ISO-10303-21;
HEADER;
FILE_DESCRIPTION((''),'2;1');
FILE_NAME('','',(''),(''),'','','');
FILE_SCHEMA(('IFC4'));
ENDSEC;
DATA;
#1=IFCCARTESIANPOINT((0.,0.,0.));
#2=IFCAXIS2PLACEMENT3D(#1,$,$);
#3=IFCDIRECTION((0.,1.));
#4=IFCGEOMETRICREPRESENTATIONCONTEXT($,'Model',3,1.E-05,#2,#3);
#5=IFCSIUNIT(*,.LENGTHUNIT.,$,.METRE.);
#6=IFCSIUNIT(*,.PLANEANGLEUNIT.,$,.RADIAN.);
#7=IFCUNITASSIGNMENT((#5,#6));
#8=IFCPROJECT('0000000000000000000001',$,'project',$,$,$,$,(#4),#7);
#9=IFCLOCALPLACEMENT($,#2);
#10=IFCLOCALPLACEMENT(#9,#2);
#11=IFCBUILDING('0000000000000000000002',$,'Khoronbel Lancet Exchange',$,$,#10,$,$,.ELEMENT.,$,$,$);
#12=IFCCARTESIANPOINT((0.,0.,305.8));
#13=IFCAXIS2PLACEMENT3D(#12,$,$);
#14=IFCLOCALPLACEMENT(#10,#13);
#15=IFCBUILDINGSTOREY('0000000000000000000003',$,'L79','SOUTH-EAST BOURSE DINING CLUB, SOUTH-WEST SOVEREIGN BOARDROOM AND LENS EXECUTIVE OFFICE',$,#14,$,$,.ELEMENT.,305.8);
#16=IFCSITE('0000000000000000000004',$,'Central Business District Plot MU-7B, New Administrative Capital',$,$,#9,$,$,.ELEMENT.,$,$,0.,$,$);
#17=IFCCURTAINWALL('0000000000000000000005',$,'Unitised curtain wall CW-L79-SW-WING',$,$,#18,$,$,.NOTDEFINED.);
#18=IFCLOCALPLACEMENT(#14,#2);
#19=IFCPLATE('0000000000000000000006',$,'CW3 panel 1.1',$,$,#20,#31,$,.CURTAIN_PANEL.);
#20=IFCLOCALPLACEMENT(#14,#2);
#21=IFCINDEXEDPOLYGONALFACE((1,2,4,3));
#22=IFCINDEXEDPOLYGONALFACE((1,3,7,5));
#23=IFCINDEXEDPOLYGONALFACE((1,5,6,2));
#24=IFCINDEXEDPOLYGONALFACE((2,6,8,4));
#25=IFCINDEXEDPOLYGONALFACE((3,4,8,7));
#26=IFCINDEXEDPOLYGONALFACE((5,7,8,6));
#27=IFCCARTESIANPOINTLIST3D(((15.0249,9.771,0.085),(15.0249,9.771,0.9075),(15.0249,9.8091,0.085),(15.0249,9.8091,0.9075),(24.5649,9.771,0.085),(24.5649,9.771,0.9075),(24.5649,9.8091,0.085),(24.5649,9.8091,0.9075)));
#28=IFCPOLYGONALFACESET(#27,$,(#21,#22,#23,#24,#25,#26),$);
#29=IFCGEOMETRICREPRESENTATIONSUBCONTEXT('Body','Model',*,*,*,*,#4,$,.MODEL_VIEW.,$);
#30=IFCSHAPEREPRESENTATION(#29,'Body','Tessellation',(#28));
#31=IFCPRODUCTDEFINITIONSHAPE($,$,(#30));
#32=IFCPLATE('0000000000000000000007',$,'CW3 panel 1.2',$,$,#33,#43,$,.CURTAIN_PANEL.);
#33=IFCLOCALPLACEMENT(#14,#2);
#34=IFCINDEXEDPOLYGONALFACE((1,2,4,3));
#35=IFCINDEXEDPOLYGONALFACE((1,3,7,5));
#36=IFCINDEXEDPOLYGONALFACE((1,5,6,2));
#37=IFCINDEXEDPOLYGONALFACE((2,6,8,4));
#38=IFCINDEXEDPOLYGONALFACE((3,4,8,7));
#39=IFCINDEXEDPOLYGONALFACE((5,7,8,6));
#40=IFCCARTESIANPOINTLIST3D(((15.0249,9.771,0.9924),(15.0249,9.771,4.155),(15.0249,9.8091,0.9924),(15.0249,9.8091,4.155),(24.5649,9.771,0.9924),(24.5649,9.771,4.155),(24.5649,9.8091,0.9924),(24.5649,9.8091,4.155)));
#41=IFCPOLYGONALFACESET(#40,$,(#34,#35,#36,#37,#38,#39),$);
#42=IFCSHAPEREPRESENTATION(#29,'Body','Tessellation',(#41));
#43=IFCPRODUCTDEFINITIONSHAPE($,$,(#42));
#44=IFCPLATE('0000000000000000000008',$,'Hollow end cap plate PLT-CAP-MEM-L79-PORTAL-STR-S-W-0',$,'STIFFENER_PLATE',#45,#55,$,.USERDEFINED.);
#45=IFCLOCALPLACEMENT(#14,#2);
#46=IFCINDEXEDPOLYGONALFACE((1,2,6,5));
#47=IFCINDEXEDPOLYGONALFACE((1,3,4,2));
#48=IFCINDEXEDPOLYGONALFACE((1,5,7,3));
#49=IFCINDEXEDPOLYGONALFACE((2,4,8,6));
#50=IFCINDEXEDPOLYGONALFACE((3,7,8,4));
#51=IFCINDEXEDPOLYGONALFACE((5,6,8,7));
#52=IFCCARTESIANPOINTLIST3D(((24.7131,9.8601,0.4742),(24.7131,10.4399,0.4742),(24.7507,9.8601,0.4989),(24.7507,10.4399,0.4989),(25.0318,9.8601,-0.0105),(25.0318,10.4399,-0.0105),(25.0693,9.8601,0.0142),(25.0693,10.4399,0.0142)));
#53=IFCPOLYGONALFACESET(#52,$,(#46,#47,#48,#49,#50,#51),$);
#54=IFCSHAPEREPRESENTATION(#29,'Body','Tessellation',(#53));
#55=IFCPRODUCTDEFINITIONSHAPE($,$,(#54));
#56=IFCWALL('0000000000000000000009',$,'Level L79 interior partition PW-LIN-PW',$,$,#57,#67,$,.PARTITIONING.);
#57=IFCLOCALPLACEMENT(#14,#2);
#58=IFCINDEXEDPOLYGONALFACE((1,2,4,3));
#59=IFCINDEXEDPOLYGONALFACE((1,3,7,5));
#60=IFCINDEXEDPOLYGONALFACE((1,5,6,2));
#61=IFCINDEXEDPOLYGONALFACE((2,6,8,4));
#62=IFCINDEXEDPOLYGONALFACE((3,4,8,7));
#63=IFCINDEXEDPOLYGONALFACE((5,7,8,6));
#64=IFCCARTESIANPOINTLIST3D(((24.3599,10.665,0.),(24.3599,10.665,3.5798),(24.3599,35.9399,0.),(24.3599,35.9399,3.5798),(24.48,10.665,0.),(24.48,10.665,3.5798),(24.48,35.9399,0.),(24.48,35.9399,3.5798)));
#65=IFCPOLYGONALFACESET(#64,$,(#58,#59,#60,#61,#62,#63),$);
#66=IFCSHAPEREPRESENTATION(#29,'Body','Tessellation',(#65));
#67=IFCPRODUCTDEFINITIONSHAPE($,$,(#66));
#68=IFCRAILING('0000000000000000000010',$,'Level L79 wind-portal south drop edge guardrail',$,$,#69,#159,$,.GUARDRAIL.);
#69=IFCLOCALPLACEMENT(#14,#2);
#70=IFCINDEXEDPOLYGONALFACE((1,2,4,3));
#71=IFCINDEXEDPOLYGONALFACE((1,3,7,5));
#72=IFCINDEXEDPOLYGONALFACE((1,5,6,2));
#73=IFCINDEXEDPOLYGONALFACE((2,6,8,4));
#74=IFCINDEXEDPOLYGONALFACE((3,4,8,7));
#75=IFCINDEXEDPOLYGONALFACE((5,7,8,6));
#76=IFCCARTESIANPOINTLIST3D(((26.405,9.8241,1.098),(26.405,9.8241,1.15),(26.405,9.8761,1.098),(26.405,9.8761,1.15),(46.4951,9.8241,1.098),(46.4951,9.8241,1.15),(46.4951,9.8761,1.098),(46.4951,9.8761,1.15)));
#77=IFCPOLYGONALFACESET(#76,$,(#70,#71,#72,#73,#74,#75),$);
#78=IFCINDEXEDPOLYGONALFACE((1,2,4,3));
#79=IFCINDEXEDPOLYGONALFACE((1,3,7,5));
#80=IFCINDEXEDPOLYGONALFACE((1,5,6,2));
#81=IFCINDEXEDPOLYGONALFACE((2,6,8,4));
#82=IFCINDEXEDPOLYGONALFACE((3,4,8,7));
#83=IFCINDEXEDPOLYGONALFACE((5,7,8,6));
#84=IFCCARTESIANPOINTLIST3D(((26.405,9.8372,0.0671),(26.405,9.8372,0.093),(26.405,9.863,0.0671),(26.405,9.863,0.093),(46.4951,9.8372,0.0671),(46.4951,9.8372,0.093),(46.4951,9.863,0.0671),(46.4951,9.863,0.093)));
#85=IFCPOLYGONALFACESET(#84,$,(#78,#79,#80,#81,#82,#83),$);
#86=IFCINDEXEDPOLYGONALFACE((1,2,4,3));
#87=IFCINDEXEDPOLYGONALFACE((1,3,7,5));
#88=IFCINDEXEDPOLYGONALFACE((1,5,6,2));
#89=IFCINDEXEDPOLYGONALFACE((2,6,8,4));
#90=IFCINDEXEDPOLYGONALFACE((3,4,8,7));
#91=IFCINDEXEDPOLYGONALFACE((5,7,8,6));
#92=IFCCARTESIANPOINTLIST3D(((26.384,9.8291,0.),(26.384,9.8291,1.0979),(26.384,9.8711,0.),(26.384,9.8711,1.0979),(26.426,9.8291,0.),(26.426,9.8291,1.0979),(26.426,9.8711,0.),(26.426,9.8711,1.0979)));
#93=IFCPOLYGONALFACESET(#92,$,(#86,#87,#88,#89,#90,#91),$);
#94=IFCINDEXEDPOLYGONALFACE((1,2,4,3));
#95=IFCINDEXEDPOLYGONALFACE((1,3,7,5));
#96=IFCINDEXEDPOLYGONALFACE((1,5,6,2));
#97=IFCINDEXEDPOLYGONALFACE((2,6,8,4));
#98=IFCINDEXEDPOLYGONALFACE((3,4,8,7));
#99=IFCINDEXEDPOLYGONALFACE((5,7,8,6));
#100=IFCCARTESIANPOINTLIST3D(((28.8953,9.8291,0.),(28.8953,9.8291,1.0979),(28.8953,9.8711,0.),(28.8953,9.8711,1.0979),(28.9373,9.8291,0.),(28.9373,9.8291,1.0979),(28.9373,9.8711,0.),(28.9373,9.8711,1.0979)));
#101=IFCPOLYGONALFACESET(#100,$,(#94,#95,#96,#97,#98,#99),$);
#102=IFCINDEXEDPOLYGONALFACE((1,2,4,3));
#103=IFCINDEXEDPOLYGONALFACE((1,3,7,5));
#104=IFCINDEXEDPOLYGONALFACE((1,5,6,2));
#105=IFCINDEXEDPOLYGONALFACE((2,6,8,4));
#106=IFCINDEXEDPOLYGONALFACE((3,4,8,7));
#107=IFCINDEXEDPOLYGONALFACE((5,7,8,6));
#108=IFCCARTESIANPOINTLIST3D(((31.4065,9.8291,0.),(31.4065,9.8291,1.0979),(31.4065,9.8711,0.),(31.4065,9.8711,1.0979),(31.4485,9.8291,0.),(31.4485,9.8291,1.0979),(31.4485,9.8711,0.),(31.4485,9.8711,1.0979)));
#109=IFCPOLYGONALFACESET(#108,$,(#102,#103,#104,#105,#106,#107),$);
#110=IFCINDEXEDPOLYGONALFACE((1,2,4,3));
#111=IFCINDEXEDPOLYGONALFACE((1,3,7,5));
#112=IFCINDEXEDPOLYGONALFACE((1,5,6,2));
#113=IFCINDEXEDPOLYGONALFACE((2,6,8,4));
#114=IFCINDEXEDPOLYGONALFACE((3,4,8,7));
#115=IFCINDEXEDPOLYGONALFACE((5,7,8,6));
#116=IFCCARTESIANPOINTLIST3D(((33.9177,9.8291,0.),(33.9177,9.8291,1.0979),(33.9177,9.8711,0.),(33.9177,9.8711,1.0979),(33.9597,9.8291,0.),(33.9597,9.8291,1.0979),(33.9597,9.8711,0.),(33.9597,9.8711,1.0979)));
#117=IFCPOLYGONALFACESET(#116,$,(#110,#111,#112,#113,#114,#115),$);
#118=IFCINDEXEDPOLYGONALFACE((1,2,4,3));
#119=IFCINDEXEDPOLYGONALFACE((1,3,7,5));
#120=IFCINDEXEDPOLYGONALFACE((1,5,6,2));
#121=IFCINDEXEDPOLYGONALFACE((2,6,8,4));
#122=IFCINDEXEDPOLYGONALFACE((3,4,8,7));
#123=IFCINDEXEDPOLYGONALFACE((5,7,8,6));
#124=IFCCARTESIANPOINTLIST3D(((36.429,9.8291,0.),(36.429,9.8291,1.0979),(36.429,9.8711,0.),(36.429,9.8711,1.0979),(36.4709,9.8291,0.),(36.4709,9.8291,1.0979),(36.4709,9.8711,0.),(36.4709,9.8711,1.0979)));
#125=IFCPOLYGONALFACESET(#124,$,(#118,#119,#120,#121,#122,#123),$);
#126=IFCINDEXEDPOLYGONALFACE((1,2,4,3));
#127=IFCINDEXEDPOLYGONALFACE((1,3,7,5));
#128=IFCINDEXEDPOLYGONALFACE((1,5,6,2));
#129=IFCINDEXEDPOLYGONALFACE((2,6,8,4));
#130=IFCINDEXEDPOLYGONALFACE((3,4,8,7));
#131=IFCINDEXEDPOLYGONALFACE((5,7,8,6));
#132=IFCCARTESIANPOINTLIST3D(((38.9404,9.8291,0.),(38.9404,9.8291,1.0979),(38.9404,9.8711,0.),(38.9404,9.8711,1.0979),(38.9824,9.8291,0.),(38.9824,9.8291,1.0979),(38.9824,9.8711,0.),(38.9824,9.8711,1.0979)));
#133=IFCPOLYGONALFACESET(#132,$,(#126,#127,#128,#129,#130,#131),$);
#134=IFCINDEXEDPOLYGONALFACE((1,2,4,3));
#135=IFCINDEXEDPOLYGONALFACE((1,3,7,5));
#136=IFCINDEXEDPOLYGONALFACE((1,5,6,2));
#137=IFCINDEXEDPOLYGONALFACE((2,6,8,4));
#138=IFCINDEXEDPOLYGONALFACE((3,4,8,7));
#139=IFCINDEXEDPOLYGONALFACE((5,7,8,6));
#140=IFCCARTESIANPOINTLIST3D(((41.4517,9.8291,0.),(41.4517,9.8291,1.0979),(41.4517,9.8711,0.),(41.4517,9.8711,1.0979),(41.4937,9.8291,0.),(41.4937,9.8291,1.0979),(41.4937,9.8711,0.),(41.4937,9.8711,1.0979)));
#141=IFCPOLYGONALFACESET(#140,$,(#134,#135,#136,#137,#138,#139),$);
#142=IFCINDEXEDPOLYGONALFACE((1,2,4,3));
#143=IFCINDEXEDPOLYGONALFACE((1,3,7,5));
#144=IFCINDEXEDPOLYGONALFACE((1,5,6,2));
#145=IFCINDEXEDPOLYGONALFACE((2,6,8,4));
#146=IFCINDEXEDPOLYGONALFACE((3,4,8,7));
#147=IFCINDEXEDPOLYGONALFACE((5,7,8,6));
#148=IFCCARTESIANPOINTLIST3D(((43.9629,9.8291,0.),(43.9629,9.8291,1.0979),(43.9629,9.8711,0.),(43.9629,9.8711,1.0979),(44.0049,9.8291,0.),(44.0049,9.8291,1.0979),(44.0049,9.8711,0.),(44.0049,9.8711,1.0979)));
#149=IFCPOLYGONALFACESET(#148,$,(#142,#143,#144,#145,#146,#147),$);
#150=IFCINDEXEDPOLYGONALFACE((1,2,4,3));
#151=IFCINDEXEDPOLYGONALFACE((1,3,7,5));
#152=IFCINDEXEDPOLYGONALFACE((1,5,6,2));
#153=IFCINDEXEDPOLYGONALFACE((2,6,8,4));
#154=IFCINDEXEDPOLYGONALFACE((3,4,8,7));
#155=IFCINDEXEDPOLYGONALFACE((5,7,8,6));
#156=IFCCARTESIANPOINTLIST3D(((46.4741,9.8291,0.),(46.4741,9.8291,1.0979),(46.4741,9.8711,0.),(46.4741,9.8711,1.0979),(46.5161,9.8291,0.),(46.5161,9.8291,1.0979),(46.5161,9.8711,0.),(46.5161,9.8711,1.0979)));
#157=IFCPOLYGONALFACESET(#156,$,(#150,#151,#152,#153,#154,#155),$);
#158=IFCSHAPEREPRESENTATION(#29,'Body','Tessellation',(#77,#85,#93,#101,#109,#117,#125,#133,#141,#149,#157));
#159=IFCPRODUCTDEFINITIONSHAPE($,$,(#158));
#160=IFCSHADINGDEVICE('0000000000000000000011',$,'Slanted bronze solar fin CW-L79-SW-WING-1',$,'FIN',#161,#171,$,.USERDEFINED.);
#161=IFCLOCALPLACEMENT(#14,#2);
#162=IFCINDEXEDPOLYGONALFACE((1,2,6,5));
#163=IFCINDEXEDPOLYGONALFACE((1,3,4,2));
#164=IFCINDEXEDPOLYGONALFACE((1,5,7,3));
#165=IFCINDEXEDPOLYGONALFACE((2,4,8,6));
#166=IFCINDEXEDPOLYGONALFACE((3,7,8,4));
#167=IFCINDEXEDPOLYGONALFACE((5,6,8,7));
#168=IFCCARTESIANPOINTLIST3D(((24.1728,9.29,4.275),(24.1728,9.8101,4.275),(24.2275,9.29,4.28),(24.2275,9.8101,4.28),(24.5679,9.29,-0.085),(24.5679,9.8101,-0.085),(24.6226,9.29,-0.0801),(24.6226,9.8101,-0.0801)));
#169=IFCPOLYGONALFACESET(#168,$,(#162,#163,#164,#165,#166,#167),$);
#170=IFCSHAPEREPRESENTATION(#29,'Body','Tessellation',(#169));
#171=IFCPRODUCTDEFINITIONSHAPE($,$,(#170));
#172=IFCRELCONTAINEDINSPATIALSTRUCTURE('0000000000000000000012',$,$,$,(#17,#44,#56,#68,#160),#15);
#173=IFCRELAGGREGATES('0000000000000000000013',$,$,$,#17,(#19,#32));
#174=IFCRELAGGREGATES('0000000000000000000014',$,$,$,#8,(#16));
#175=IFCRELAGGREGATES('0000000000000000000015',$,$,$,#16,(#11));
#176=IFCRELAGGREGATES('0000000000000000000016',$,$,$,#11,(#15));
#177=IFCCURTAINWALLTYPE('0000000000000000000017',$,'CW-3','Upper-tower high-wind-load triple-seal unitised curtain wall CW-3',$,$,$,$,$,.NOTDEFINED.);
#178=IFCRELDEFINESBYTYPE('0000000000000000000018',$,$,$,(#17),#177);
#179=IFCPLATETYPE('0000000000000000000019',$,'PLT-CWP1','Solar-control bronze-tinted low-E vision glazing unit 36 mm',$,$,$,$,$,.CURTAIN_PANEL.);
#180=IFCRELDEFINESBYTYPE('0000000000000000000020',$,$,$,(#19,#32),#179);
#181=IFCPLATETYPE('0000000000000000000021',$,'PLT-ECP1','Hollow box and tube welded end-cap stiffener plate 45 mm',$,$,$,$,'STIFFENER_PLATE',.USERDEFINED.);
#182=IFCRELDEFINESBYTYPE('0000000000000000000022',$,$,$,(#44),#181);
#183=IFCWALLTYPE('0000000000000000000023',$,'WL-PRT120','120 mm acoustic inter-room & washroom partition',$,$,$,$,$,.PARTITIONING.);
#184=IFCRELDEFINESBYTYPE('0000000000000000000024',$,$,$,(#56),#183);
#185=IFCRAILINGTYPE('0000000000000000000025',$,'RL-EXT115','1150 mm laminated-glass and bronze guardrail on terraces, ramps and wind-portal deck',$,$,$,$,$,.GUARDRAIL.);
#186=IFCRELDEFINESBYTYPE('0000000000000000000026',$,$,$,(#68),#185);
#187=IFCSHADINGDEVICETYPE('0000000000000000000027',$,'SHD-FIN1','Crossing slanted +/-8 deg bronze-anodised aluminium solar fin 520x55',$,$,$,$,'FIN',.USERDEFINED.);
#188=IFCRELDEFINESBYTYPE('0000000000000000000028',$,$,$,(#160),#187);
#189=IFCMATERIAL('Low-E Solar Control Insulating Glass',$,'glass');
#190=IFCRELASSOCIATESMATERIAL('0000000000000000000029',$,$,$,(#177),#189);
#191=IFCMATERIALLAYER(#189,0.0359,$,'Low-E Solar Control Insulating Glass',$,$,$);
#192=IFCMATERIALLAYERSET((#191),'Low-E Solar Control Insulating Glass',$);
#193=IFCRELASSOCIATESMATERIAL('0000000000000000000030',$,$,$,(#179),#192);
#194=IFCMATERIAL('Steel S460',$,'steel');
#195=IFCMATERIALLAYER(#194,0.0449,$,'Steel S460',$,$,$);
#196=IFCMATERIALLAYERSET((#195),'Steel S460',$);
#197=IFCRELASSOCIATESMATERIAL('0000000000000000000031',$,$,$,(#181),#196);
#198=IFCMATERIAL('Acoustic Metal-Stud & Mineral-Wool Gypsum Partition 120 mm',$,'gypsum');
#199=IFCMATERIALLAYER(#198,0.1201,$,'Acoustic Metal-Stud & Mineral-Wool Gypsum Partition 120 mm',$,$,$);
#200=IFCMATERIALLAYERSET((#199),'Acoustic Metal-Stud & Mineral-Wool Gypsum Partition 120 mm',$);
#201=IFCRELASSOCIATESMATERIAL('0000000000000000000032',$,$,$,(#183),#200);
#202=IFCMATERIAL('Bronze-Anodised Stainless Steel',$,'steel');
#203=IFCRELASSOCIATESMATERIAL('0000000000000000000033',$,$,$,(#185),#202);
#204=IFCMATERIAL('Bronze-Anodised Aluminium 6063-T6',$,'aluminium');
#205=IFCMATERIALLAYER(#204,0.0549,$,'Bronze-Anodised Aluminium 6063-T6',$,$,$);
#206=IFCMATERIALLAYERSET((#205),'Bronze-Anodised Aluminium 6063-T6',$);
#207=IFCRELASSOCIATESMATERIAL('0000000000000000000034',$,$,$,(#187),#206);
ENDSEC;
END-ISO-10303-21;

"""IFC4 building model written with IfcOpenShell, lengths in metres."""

from ifc_helpers import new_model, si_unit, direction, frame, frame_2d, origin, origin_2d, place, context, subcontext, project, spatial, polyline, rectangle, outline, extrude, material, layer, layer_set, type_object, element, aggregate, save


model = new_model("IFC4")

# Units and contexts
model_context = context("Model", 3, precision=1e-05, world=origin(), true_north=direction((0.0, 1.0)))
body_context = subcontext(model_context, "Body", "Model", "MODEL_VIEW")
ifc_project = project(units=[si_unit("LENGTHUNIT", "METRE"), si_unit("PLANEANGLEUNIT", "RADIAN")], contexts=[model_context])

# Site, building, storey
site_placement = place(None, origin())
site = spatial("IfcSite", under=ifc_project, at=site_placement, Name="Central Business District Plot MU-7B, New Administrative Capital", CompositionType="ELEMENT", RefElevation=0.0)
building_placement = place(site_placement, origin())
building = spatial("IfcBuilding", under=site, at=building_placement, Name="Khoronbel Lancet Exchange", CompositionType="ELEMENT")
storey_placement = place(building_placement, frame((0.0, 0.0, 305.8)))
storey = spatial("IfcBuildingStorey", under=building, at=storey_placement, Name="L79", Description="SOUTH-EAST BOURSE DINING CLUB, SOUTH-WEST SOVEREIGN BOARDROOM AND LENS EXECUTIVE OFFICE", CompositionType="ELEMENT", Elevation=305.8)

# Shared definitions
ifc_material_1 = material(Name="Steel S460", Category="steel")

# Curtain wall
ifc_material_2 = material(Name="Low-E Solar Control Insulating Glass", Category="glass")
curtain_wall_type = type_object("IfcCurtainWallType", Name="CW-3", Description="Upper-tower high-wind-load triple-seal unitised curtain wall CW-3", PredefinedType="NOTDEFINED", material=ifc_material_2)
curtain_wall_1_placement = place(storey_placement, origin())
curtain_wall_1 = element("IfcCurtainWall", 1, at=curtain_wall_1_placement, inside=storey, type_object=curtain_wall_type, Name="Unitised curtain wall CW-L79-SW-WING", PredefinedType="NOTDEFINED")
ifc_material_3 = material(Name="Bronze-Anodised Aluminium 6063-T6", Category="aluminium")

# Plates
ifc_layer_1 = layer(ifc_material_2, 0.0359, Name="Low-E Solar Control Insulating Glass")
ifc_layer_set_1 = layer_set([ifc_layer_1], Name="Low-E Solar Control Insulating Glass")
plate_type_1 = type_object("IfcPlateType", Name="PLT-CWP1", Description="Solar-control bronze-tinted low-E vision glazing unit 36 mm", PredefinedType="CURTAIN_PANEL", material=ifc_layer_set_1)
plate_1_placement = place(storey_placement, frame((19.7949, 9.79, 0.085), z_axis=(0.0, 0.0, 1.0), x_axis=(1.0, 0.0, 0.0)))
plate_1 = element("IfcPlate", 2, at=plate_1_placement, type_object=plate_type_1, Name="CW3 panel 1.1", PredefinedType="CURTAIN_PANEL", context=body_context, shape_type="SweptSolid", body=[
    extrude(rectangle(XDim=9.54, YDim=0.0381, at=origin_2d()), origin(), (0.0, 0.0, 1.0), 0.8225),
])
plate_2_placement = place(storey_placement, frame((19.7949, 9.79, 0.9924), z_axis=(0.0, 0.0, 1.0), x_axis=(1.0, 0.0, 0.0)))
plate_2 = element("IfcPlate", 3, at=plate_2_placement, type_object=plate_type_1, Name="CW3 panel 1.2", PredefinedType="CURTAIN_PANEL", context=body_context, shape_type="SweptSolid", body=[
    extrude(rectangle(XDim=9.54, YDim=0.0381, at=origin_2d()), origin(), (0.0, 0.0, 1.0), 3.1626),
])
aggregate(curtain_wall_1, [plate_1, plate_2])
ifc_layer_2 = layer(ifc_material_1, 0.0449, Name="Steel S460")
ifc_layer_set_2 = layer_set([ifc_layer_2], Name="Steel S460")
plate_type_2 = type_object("IfcPlateType", Name="PLT-ECP1", Description="Hollow box and tube welded end-cap stiffener plate 45 mm", ElementType="STIFFENER_PLATE", PredefinedType="USERDEFINED", material=ifc_layer_set_2)
plate_3_placement = place(storey_placement, frame((25.0693, 9.8601, 0.0142), z_axis=(0.835595, 0.0, 0.549346), x_axis=(0.0, 1.0, 0.0)))
element("IfcPlate", 4, at=plate_3_placement, inside=storey, type_object=plate_type_2, Name="Hollow end cap plate PLT-CAP-MEM-L79-PORTAL-STR-S-W-0", ObjectType="STIFFENER_PLATE", PredefinedType="USERDEFINED", context=body_context, shape_type="SweptSolid", body=[
    extrude(outline(polyline([(0.0, 0.0), (0.5798, 0.0), (0.5798, 0.5801), (0.0, 0.5801), (0.0, 0.0)])), origin(), (0.0, 0.0, -1.0), 0.0449),
])

# Wall
ifc_material_4 = material(Name="Acoustic Metal-Stud & Mineral-Wool Gypsum Partition 120 mm", Category="gypsum")
ifc_layer_3 = layer(ifc_material_4, 0.1201, Name="Acoustic Metal-Stud & Mineral-Wool Gypsum Partition 120 mm")
ifc_layer_set_3 = layer_set([ifc_layer_3], Name="Acoustic Metal-Stud & Mineral-Wool Gypsum Partition 120 mm")
wall_type = type_object("IfcWallType", Name="WL-PRT120", Description="120 mm acoustic inter-room & washroom partition", PredefinedType="PARTITIONING", material=ifc_layer_set_3)
wall_placement = place(storey_placement, frame((24.4199, 10.665, 0.0), z_axis=(0.0, 0.0, 1.0), x_axis=(0.0, 1.0, 0.0)))
element("IfcWall", 5, at=wall_placement, inside=storey, type_object=wall_type, Name="Level L79 interior partition PW-LIN-PW", PredefinedType="PARTITIONING", context=body_context, shape_type="SweptSolid", body=[
    extrude(rectangle(XDim=25.2749, YDim=0.1201, at=frame_2d((12.6375, 0.0))), origin(), (0.0, 0.0, 1.0), 3.5798),
])

# Railing
ifc_material_5 = material(Name="Bronze-Anodised Stainless Steel", Category="steel")
railing_type = type_object("IfcRailingType", Name="RL-EXT115", Description="1150 mm laminated-glass and bronze guardrail on terraces, ramps and wind-portal deck", PredefinedType="GUARDRAIL", material=ifc_material_5)
railing_placement = place(storey_placement, frame((26.405, 9.8501, 0.0)))
element("IfcRailing", 6, at=railing_placement, inside=storey, type_object=railing_type, Name="Level L79 wind-portal south drop edge guardrail", PredefinedType="GUARDRAIL", context=body_context, shape_type="SweptSolid", body=[
    extrude(rectangle(XDim=0.052, YDim=0.052, at=origin_2d()), frame((0.0, 0.0, 1.124), z_axis=(1.0, 0.0, 0.0), x_axis=(0.0, 1.0, 0.0)), (0.0, 0.0, 1.0), 20.0901),
    extrude(rectangle(XDim=0.0259, YDim=0.0259, at=origin_2d()), frame((0.0, 0.0, 0.0801), z_axis=(1.0, 0.0, 0.0), x_axis=(0.0, 1.0, 0.0)), (0.0, 0.0, 1.0), 20.0901),
    extrude(rectangle(XDim=0.042, YDim=0.042, at=origin_2d()), origin(), (0.0, 0.0, 1.0), 1.0979),
    extrude(rectangle(XDim=0.042, YDim=0.042, at=origin_2d()), frame((2.5112, 0.0, 0.0)), (0.0, 0.0, 1.0), 1.0979),
    extrude(rectangle(XDim=0.042, YDim=0.042, at=origin_2d()), frame((5.0225, 0.0, 0.0)), (0.0, 0.0, 1.0), 1.0979),
    extrude(rectangle(XDim=0.042, YDim=0.042, at=origin_2d()), frame((7.5337, 0.0, 0.0)), (0.0, 0.0, 1.0), 1.0979),
    extrude(rectangle(XDim=0.042, YDim=0.042, at=origin_2d()), frame((10.0449, 0.0, 0.0)), (0.0, 0.0, 1.0), 1.0979),
    extrude(rectangle(XDim=0.042, YDim=0.042, at=origin_2d()), frame((12.5564, 0.0, 0.0)), (0.0, 0.0, 1.0), 1.0979),
    extrude(rectangle(XDim=0.042, YDim=0.042, at=origin_2d()), frame((15.0676, 0.0, 0.0)), (0.0, 0.0, 1.0), 1.0979),
    extrude(rectangle(XDim=0.042, YDim=0.042, at=origin_2d()), frame((17.5789, 0.0, 0.0)), (0.0, 0.0, 1.0), 1.0979),
    extrude(rectangle(XDim=0.042, YDim=0.042, at=origin_2d()), frame((20.0901, 0.0, 0.0)), (0.0, 0.0, 1.0), 1.0979),
])

# Shading device
ifc_layer_4 = layer(ifc_material_3, 0.0549, Name="Bronze-Anodised Aluminium 6063-T6")
ifc_layer_set_4 = layer_set([ifc_layer_4], Name="Bronze-Anodised Aluminium 6063-T6")
shading_device_type = type_object("IfcShadingDeviceType", Name="SHD-FIN1", Description="Crossing slanted +/-8 deg bronze-anodised aluminium solar fin 520x55", ElementType="FIN", PredefinedType="USERDEFINED", material=ifc_layer_set_4)
shading_device_placement = place(storey_placement, frame((24.6226, 9.8101, -0.0801), z_axis=(0.995921, 0.0, 0.090229), x_axis=(0.0, -1.0, 0.0)))
element("IfcShadingDevice", 7, at=shading_device_placement, inside=storey, type_object=shading_device_type, Name="Slanted bronze solar fin CW-L79-SW-WING-1", ObjectType="FIN", PredefinedType="USERDEFINED", context=body_context, shape_type="SweptSolid", body=[
    extrude(outline(polyline([(0.0, 0.0), (0.52, 0.0), (0.52, -4.3779), (0.0, -4.3779), (0.0, 0.0)])), origin(), (0.0, 0.0, -1.0), 0.0549),
])

save(model, "model.ifc")
